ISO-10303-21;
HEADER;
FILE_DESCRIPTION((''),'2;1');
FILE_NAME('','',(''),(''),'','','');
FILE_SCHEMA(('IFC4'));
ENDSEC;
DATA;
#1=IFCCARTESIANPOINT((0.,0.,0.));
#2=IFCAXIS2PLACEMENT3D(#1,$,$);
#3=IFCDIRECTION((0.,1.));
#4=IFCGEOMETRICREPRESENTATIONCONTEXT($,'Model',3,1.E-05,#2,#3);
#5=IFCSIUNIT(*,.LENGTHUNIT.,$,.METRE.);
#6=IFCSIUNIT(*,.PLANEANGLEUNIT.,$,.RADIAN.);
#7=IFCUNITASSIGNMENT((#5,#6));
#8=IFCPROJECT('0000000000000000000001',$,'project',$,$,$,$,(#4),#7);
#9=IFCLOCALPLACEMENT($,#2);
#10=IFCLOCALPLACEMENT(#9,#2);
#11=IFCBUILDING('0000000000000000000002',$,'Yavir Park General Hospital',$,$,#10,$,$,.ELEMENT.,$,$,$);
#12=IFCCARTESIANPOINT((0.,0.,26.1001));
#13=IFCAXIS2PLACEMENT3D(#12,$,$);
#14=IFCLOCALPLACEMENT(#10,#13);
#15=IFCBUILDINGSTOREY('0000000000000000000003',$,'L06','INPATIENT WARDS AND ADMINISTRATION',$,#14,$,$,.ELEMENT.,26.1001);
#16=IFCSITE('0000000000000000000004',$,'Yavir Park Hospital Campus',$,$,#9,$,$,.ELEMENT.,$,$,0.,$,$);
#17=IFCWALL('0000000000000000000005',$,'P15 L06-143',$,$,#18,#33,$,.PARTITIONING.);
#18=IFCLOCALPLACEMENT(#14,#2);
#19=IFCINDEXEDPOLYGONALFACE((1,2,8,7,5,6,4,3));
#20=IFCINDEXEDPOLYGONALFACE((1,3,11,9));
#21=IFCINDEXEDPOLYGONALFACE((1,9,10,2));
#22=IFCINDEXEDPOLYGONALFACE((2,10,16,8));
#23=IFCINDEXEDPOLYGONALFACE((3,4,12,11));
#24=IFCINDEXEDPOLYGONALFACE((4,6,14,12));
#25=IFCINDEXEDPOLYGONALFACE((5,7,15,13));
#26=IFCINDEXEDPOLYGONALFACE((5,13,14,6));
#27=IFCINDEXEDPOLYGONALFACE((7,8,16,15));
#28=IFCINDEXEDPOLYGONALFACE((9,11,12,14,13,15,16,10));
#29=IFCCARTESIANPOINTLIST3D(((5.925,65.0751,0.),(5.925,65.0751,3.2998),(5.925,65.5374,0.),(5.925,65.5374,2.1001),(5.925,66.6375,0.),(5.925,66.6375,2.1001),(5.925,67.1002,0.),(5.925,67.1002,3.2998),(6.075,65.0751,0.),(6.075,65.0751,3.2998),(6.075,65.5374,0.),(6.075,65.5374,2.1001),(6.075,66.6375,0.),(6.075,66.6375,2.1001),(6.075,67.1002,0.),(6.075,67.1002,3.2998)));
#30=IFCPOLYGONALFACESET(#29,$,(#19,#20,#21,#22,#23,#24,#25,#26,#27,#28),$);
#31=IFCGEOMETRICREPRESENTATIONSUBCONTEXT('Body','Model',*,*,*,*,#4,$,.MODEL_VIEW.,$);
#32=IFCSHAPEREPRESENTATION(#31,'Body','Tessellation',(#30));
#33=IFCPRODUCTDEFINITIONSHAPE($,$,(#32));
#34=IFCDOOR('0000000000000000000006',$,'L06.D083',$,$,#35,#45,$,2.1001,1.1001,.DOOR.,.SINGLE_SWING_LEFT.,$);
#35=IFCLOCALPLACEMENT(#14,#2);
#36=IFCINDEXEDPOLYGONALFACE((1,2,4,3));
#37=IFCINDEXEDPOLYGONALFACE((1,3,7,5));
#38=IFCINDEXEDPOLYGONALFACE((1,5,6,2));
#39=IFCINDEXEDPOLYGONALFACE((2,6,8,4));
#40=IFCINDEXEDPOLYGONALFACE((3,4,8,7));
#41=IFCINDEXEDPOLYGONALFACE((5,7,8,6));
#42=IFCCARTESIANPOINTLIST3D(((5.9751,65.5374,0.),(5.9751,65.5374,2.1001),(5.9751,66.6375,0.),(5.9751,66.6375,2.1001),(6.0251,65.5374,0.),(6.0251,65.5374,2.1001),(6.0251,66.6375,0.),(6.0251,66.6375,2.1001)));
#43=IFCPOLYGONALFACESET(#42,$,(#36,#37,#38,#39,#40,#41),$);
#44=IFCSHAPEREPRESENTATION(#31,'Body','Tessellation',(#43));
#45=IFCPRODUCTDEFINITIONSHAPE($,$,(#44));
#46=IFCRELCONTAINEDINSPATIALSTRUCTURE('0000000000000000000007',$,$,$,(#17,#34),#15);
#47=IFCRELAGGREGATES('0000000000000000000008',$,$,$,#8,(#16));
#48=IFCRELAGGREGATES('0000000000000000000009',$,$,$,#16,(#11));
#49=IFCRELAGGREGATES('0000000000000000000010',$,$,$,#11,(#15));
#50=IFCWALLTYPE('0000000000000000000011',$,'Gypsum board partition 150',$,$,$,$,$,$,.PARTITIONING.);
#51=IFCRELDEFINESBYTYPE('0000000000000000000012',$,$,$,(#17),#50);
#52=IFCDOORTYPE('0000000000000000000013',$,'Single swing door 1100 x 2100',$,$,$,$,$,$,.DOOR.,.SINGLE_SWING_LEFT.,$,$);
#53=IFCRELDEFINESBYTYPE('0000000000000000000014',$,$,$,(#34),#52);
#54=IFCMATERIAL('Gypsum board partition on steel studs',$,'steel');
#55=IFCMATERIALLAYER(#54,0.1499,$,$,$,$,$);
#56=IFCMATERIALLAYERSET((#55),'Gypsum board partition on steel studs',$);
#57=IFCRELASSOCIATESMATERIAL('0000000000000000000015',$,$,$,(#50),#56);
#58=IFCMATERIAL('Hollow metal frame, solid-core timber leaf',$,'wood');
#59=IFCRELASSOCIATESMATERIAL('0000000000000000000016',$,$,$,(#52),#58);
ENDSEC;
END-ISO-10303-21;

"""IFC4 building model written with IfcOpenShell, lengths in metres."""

from ifc_helpers import new_model, si_unit, direction, frame, frame_2d, origin, place, context, subcontext, project, spatial, rectangle, extrude, material, layer, layer_set, type_object, element, fill, save


model = new_model("IFC4")

# Units and contexts
model_context = context("Model", 3, precision=1e-05, world=origin(), true_north=direction((0.0, 1.0)))
body_context = subcontext(model_context, "Body", "Model", "MODEL_VIEW")
ifc_project = project(units=[si_unit("LENGTHUNIT", "METRE"), si_unit("PLANEANGLEUNIT", "RADIAN")], contexts=[model_context])

# Site, building, storey
site_placement = place(None, origin())
site = spatial("IfcSite", under=ifc_project, at=site_placement, Name="Yavir Park Hospital Campus", CompositionType="ELEMENT", RefElevation=0.0)
building_placement = place(site_placement, origin())
building = spatial("IfcBuilding", under=site, at=building_placement, Name="Yavir Park General Hospital", CompositionType="ELEMENT")
storey_placement = place(building_placement, frame((0.0, 0.0, 26.1001)))
storey = spatial("IfcBuildingStorey", under=building, at=storey_placement, Name="L06", Description="INPATIENT WARDS AND ADMINISTRATION", CompositionType="ELEMENT", Elevation=26.1001)

# Shared definitions
ifc_material_1 = material(Name="Gypsum board partition on steel studs", Category="steel")
ifc_layer_1 = layer(ifc_material_1, 0.1499)
ifc_layer_set_1 = layer_set([ifc_layer_1], Name="Gypsum board partition on steel studs")
wall_type_1 = type_object("IfcWallType", Name="Gypsum board partition 150", PredefinedType="PARTITIONING", material=ifc_layer_set_1)

# Wall, opening, door
ifc_material_2 = material(Name="Hollow metal frame, solid-core timber leaf", Category="wood")
door_type_1 = type_object("IfcDoorType", Name="Single swing door 1100 x 2100", OperationType="SINGLE_SWING_LEFT", PredefinedType="DOOR", material=ifc_material_2)
wall_1_placement = place(storey_placement, frame((6.0, 65.075, 0.0), z_axis=(0.0, 0.0, 1.0), x_axis=(0.0, 1.0, 0.0)))
wall_1 = element("IfcWall", 1, at=wall_1_placement, inside=storey, type_object=wall_type_1, Name="P15 L06-143", PredefinedType="PARTITIONING", context=body_context, shape_type="SweptSolid", body=[
    extrude(rectangle(XDim=2.0251, YDim=0.1499, at=frame_2d((1.0127, 0.0))), origin(), (0.0, 0.0, 1.0), 3.2998),
])
opening_1_placement = place(wall_1_placement, frame((0.4624, 0.0, 0.0)))
opening_1 = element("IfcOpeningElement", 2, at=opening_1_placement, cuts=wall_1, PredefinedType="OPENING", context=body_context, shape_type="SweptSolid", body=[
    extrude(rectangle(XDim=1.1001, YDim=2.1001, at=frame_2d((0.55, 1.05))), frame((0.0, 0.085, 0.0), z_axis=(0.0, -1.0, 0.0), x_axis=(1.0, 0.0, 0.0)), (0.0, 0.0, 1.0), 0.1699),
])
door_1_placement = place(opening_1_placement, origin())
door_1 = element("IfcDoor", 3, at=door_1_placement, inside=storey, type_object=door_type_1, Name="L06.D083", OperationType="SINGLE_SWING_LEFT", OverallHeight=2.1001, OverallWidth=1.1001, PredefinedType="DOOR", context=body_context, shape_type="SweptSolid", body=[
    extrude(rectangle(XDim=1.1001, YDim=2.1001, at=frame_2d((0.55, 1.05))), frame((0.0, 0.0249, 0.0), z_axis=(0.0, -1.0, 0.0), x_axis=(1.0, 0.0, 0.0)), (0.0, 0.0, 1.0), 0.05),
])
fill(opening_1, door_1)

save(model, "model.ifc")
